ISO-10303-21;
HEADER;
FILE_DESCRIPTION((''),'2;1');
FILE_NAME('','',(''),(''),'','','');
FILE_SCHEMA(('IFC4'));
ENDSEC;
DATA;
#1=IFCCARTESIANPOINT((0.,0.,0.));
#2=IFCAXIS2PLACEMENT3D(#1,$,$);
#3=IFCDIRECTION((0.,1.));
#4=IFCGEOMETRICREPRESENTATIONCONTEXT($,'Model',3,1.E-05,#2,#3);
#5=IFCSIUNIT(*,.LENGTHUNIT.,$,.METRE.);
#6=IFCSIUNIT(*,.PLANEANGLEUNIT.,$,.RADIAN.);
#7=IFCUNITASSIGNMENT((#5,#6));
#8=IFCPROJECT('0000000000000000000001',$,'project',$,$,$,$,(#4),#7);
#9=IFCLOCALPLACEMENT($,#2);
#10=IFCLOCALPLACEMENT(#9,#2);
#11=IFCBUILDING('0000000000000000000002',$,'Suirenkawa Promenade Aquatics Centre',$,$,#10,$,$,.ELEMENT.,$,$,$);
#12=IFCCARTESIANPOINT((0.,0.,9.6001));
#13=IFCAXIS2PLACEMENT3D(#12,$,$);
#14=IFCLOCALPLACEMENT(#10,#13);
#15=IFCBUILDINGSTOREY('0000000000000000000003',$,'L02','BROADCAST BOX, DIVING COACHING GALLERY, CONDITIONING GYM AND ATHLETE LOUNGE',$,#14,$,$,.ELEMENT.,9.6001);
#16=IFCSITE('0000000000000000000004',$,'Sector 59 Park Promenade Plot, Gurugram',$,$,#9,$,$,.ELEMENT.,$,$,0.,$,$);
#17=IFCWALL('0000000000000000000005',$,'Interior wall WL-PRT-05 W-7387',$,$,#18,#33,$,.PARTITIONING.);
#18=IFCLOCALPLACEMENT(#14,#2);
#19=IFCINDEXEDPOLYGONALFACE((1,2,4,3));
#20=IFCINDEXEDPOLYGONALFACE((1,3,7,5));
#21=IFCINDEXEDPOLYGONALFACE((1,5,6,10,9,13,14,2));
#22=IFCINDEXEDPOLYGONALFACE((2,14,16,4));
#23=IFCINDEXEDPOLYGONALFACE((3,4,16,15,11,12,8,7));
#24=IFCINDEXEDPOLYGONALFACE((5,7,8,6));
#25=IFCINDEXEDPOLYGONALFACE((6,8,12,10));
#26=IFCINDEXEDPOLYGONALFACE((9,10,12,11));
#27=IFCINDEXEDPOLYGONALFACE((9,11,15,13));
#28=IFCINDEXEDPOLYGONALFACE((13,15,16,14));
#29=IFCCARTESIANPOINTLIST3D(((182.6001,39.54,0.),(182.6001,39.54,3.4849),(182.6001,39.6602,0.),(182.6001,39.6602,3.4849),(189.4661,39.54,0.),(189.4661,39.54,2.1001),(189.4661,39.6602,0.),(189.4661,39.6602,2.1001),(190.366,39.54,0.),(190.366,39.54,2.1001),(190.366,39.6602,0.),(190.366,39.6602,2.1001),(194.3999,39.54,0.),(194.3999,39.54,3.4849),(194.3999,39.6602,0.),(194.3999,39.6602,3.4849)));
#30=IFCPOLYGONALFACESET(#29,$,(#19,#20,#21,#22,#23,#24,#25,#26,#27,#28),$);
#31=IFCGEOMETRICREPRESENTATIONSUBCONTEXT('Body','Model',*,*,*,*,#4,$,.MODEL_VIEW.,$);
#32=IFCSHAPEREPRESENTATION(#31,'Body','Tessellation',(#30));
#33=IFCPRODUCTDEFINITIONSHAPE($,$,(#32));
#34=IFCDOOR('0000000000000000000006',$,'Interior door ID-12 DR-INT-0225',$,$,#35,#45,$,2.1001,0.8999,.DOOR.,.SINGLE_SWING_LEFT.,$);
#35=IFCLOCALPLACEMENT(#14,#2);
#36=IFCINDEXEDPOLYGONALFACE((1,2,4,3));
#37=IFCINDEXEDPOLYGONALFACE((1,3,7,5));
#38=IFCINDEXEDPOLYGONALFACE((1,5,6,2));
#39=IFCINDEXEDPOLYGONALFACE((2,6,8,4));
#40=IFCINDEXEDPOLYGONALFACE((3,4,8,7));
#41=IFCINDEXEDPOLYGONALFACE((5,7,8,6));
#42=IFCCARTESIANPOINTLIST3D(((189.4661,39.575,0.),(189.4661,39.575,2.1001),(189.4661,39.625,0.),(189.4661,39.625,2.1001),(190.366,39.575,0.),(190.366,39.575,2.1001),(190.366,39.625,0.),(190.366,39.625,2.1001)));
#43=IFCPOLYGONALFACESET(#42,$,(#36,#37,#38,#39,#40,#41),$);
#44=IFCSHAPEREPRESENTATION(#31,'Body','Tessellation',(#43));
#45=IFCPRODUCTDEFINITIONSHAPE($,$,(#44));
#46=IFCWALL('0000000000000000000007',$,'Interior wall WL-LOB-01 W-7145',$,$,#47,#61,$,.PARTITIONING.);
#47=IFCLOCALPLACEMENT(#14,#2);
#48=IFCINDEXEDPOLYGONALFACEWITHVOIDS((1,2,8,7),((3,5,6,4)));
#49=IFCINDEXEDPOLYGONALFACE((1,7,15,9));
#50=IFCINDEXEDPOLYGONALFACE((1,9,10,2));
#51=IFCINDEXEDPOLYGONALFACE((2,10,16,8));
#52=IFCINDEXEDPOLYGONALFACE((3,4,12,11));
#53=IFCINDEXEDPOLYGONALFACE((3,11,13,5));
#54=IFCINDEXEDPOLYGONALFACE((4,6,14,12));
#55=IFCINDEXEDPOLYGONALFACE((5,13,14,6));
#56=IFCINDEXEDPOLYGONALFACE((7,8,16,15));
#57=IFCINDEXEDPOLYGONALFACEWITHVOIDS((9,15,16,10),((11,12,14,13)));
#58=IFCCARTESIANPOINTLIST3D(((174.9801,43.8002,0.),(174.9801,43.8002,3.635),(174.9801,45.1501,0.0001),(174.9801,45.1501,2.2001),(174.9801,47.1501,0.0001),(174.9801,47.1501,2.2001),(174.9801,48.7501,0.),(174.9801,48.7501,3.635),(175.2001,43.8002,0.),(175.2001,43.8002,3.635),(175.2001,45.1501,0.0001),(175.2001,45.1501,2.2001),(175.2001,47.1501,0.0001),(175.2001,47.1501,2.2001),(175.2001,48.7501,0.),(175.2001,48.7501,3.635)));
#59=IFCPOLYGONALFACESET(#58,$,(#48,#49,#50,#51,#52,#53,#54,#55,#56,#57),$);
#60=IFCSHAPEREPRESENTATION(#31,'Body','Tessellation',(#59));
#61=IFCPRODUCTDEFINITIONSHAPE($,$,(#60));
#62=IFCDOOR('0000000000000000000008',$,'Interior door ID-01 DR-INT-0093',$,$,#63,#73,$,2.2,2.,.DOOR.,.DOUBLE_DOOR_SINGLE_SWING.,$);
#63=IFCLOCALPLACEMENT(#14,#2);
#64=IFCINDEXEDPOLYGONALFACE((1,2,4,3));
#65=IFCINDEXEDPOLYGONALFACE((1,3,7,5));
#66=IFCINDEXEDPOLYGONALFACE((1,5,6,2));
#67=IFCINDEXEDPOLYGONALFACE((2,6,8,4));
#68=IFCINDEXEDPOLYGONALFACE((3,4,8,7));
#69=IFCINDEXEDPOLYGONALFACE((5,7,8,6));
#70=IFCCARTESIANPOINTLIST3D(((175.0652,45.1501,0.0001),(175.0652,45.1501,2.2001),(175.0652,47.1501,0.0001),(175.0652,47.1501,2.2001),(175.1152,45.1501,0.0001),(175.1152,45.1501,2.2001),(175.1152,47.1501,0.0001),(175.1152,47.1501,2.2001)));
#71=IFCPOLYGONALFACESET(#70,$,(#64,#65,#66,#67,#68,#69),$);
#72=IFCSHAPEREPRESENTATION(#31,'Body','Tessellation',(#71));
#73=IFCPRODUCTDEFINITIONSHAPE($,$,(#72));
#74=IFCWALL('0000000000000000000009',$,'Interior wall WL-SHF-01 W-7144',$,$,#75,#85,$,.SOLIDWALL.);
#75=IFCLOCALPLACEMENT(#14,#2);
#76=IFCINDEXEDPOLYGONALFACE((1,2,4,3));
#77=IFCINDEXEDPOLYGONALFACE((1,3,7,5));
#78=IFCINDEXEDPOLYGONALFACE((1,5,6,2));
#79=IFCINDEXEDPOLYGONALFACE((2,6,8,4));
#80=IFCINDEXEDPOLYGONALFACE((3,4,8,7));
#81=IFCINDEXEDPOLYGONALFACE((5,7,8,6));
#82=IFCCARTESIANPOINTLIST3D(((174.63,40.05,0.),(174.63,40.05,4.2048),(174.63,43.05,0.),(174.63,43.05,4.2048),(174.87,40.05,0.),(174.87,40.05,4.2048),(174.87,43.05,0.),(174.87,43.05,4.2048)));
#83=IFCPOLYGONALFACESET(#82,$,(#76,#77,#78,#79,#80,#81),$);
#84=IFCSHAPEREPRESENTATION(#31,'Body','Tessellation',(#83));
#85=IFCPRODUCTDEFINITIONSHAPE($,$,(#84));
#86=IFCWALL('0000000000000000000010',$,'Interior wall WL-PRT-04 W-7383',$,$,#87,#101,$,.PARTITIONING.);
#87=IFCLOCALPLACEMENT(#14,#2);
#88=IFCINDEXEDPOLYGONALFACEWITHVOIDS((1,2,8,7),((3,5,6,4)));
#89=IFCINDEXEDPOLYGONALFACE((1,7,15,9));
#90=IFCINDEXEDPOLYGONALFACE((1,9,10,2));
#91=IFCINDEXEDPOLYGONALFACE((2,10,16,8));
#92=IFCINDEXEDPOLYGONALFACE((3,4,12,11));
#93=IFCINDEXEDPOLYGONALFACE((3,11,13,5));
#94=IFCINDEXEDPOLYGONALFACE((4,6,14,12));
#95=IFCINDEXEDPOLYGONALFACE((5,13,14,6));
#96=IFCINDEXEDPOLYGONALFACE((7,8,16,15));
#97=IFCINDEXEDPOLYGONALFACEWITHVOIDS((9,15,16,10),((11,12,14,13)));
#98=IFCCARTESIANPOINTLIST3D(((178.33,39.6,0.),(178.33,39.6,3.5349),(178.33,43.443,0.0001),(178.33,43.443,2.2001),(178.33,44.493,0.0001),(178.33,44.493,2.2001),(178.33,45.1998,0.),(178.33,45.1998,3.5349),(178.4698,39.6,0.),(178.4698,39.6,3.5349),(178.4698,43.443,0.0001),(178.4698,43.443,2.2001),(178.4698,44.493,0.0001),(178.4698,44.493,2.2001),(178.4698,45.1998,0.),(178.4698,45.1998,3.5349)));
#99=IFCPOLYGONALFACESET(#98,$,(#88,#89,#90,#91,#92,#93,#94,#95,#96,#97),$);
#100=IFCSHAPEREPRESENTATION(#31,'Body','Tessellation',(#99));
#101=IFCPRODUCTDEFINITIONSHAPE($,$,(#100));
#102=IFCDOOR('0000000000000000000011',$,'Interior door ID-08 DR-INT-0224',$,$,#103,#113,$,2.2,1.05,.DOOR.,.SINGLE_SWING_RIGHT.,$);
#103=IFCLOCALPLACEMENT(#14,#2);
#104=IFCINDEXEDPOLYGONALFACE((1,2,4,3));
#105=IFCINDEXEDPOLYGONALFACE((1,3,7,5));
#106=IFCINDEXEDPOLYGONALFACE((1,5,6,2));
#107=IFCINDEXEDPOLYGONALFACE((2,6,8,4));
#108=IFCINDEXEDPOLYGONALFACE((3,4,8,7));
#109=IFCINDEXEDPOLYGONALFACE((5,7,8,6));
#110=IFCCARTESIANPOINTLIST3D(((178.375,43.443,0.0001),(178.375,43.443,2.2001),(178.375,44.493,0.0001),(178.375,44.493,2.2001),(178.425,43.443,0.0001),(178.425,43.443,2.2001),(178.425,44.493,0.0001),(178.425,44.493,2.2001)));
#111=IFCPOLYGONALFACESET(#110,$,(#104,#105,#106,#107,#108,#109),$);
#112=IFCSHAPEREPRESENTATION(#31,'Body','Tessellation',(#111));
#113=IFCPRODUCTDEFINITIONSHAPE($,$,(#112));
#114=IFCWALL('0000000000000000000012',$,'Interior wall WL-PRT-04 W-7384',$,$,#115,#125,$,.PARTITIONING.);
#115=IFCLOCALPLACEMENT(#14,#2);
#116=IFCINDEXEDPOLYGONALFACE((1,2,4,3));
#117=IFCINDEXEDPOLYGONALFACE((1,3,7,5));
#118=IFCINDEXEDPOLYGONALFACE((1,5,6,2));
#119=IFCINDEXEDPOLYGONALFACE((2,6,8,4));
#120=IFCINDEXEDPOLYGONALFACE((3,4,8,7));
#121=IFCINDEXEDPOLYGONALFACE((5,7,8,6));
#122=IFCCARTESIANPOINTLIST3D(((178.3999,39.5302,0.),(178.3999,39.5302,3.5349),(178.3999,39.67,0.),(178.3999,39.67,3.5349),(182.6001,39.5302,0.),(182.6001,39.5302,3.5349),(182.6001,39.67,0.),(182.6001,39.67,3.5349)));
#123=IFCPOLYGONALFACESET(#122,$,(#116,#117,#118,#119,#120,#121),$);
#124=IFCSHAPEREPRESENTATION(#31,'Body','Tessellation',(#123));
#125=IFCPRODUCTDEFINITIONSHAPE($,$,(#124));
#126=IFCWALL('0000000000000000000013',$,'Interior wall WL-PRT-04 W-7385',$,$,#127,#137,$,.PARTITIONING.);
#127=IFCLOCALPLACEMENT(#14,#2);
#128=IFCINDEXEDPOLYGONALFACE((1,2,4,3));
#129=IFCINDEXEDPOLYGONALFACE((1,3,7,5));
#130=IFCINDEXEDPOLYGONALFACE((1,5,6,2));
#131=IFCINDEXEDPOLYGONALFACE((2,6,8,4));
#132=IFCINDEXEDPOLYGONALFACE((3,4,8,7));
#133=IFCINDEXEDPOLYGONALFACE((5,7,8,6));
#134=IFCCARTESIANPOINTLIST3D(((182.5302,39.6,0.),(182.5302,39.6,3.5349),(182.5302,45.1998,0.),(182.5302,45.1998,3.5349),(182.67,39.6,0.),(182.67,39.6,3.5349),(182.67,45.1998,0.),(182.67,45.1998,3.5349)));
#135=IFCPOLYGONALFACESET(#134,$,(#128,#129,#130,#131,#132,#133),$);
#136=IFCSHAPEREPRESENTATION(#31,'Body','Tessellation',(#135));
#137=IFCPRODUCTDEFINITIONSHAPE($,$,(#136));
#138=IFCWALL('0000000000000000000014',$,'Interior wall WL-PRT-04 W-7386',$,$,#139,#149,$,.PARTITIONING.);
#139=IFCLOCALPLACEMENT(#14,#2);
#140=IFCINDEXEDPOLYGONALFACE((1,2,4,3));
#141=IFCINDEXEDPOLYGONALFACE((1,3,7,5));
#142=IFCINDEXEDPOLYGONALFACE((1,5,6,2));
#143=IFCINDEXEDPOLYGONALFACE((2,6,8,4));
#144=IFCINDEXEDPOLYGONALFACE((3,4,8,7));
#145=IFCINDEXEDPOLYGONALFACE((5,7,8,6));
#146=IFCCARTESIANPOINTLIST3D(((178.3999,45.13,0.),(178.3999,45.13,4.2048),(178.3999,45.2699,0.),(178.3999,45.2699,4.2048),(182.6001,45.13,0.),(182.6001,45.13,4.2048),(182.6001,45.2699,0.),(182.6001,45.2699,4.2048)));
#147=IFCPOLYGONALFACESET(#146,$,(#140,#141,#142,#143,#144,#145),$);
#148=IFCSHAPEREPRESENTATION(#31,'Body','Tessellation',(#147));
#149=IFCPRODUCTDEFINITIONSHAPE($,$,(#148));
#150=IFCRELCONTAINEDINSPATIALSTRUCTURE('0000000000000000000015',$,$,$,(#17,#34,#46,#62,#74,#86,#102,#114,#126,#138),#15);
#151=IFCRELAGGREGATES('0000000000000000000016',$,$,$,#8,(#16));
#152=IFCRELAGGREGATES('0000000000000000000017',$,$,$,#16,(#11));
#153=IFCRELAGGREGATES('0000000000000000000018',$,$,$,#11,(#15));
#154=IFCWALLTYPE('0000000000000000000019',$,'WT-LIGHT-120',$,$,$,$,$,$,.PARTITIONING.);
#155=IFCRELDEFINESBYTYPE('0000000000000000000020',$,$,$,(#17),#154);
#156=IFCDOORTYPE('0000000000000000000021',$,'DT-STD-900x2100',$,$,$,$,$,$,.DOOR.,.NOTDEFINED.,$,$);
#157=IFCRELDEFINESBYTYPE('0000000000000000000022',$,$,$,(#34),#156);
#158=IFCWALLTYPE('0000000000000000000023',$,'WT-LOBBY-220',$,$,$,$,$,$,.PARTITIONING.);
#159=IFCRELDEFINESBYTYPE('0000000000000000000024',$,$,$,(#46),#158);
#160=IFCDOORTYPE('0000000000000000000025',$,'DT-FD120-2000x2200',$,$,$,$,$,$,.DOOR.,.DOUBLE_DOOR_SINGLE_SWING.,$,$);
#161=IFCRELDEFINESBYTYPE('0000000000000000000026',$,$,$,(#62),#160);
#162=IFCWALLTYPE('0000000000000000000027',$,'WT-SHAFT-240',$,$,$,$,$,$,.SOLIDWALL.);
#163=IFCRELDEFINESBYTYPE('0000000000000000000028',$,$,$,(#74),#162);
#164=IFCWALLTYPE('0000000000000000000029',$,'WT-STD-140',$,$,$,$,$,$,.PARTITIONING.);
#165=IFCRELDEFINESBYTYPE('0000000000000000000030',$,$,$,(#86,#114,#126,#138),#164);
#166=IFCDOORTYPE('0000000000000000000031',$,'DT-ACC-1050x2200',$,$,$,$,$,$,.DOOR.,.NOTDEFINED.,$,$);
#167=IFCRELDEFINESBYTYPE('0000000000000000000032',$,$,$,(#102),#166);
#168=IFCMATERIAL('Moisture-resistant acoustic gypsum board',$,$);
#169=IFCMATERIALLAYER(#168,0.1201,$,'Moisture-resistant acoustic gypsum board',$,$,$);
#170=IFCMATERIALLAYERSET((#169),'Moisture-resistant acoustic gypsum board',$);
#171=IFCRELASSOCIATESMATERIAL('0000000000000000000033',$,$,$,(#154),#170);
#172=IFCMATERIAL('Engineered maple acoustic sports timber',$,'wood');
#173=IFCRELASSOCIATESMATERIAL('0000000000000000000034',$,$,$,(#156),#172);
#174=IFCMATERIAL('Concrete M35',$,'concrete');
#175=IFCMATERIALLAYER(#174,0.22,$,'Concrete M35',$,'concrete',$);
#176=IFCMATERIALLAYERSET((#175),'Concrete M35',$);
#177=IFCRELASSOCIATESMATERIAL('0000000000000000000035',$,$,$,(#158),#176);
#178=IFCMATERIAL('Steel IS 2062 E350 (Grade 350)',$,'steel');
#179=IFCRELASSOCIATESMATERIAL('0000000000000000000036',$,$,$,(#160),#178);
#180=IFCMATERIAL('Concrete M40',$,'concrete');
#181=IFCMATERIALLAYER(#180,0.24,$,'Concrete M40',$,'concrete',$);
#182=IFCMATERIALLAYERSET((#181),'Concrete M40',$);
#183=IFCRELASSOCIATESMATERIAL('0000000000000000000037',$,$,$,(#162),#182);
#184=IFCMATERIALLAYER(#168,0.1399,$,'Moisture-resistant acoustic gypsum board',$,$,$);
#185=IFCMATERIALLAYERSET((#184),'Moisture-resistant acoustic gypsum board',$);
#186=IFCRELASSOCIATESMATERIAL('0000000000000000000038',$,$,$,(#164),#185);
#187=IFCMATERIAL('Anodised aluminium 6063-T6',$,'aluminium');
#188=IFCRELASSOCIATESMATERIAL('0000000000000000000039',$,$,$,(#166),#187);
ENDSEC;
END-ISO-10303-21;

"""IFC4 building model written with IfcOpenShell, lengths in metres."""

from ifc_helpers import new_model, si_unit, direction, frame, frame_2d, origin, place, context, subcontext, project, spatial, rectangle, extrude, material, layer, layer_set, type_object, element, fill, save


model = new_model("IFC4")

# Units and contexts
model_context = context("Model", 3, precision=1e-05, world=origin(), true_north=direction((0.0, 1.0)))
body_context = subcontext(model_context, "Body", "Model", "MODEL_VIEW")
ifc_project = project(units=[si_unit("LENGTHUNIT", "METRE"), si_unit("PLANEANGLEUNIT", "RADIAN")], contexts=[model_context])

# Site, building, storey
site_placement = place(None, origin())
site = spatial("IfcSite", under=ifc_project, at=site_placement, Name="Sector 59 Park Promenade Plot, Gurugram", CompositionType="ELEMENT", RefElevation=0.0)
building_placement = place(site_placement, origin())
building = spatial("IfcBuilding", under=site, at=building_placement, Name="Suirenkawa Promenade Aquatics Centre", CompositionType="ELEMENT")
storey_placement = place(building_placement, frame((0.0, 0.0, 9.6001)))
storey = spatial("IfcBuildingStorey", under=building, at=storey_placement, Name="L02", Description="BROADCAST BOX, DIVING COACHING GALLERY, CONDITIONING GYM AND ATHLETE LOUNGE", CompositionType="ELEMENT", Elevation=9.6001)

# Shared definitions
ifc_material_1 = material(Name="Concrete M40", Category="concrete")

# Shared definitions
ifc_material_2 = material(Name="Steel IS 2062 E350 (Grade 350)", Category="steel")
ifc_material_3 = material(Name="Concrete M35", Category="concrete")

# Walls, openings, doors
ifc_material_4 = material(Name="Moisture-resistant acoustic gypsum board")
ifc_layer_1 = layer(ifc_material_4, 0.1201, Name="Moisture-resistant acoustic gypsum board")
ifc_layer_set_1 = layer_set([ifc_layer_1], Name="Moisture-resistant acoustic gypsum board")
wall_type_1 = type_object("IfcWallType", Name="WT-LIGHT-120", PredefinedType="PARTITIONING", material=ifc_layer_set_1)
wall_1_placement = place(storey_placement, frame((182.6001, 39.6001, 0.0), z_axis=(0.0, 0.0, 1.0), x_axis=(1.0, 0.0, 0.0)))
wall_1 = element("IfcWall", 1, at=wall_1_placement, inside=storey, type_object=wall_type_1, Name="Interior wall WL-PRT-05 W-7387", PredefinedType="PARTITIONING", context=body_context, shape_type="SweptSolid", body=[
    extrude(rectangle(XDim=11.7998, YDim=0.1201, at=frame_2d((5.8999, 0.0))), origin(), (0.0, 0.0, 1.0), 3.4849),
])
opening_1_placement = place(wall_1_placement, frame((6.866, 0.0, 0.0)))
opening_1 = element("IfcOpeningElement", 2, at=opening_1_placement, cuts=wall_1, PredefinedType="OPENING", context=body_context, shape_type="SweptSolid", body=[
    extrude(rectangle(XDim=0.8999, YDim=2.1001, at=frame_2d((0.45, 1.05))), frame((0.0, 0.0701, 0.0), z_axis=(0.0, -1.0, 0.0), x_axis=(1.0, 0.0, 0.0)), (0.0, 0.0, 1.0), 0.1401),
])
ifc_material_5 = material(Name="Engineered maple acoustic sports timber", Category="wood")
door_type_1 = type_object("IfcDoorType", Name="DT-STD-900x2100", OperationType="NOTDEFINED", PredefinedType="DOOR", material=ifc_material_5)
door_1_placement = place(opening_1_placement, origin())
door_1 = element("IfcDoor", 3, at=door_1_placement, inside=storey, type_object=door_type_1, Name="Interior door ID-12 DR-INT-0225", OperationType="SINGLE_SWING_LEFT", OverallHeight=2.1001, OverallWidth=0.8999, PredefinedType="DOOR", context=body_context, shape_type="SweptSolid", body=[
    extrude(rectangle(XDim=0.8999, YDim=2.1001, at=frame_2d((0.45, 1.05))), frame((0.0, 0.0249, 0.0), z_axis=(0.0, -1.0, 0.0), x_axis=(1.0, 0.0, 0.0)), (0.0, 0.0, 1.0), 0.05),
])
fill(opening_1, door_1)
ifc_layer_2 = layer(ifc_material_3, 0.22, Name="Concrete M35", Category="concrete")
ifc_layer_set_2 = layer_set([ifc_layer_2], Name="Concrete M35")
wall_type_2 = type_object("IfcWallType", Name="WT-LOBBY-220", PredefinedType="PARTITIONING", material=ifc_layer_set_2)
wall_2_placement = place(storey_placement, frame((175.0901, 43.8, 0.0), z_axis=(0.0, 0.0, 1.0), x_axis=(0.0, 1.0, 0.0)))
wall_2 = element("IfcWall", 4, at=wall_2_placement, inside=storey, type_object=wall_type_2, Name="Interior wall WL-LOB-01 W-7145", PredefinedType="PARTITIONING", context=body_context, shape_type="SweptSolid", body=[
    extrude(rectangle(XDim=4.95, YDim=0.22, at=frame_2d((2.4751, 0.0))), origin(), (0.0, 0.0, 1.0), 3.635),
])
opening_2_placement = place(wall_2_placement, frame((1.3501, 0.0, 0.0)))
opening_2 = element("IfcOpeningElement", 5, at=opening_2_placement, cuts=wall_2, PredefinedType="OPENING", context=body_context, shape_type="SweptSolid", body=[
    extrude(rectangle(XDim=2.0, YDim=2.2, at=frame_2d((1.0, 1.1001))), frame((0.0, 0.1199, 0.0), z_axis=(0.0, -1.0, 0.0), x_axis=(1.0, 0.0, 0.0)), (0.0, 0.0, 1.0), 0.24),
])
door_type_2 = type_object("IfcDoorType", Name="DT-FD120-2000x2200", OperationType="DOUBLE_DOOR_SINGLE_SWING", PredefinedType="DOOR", material=ifc_material_2)
door_2_placement = place(opening_2_placement, origin())
door_2 = element("IfcDoor", 6, at=door_2_placement, inside=storey, type_object=door_type_2, Name="Interior door ID-01 DR-INT-0093", OperationType="DOUBLE_DOOR_SINGLE_SWING", OverallHeight=2.2, OverallWidth=2.0, PredefinedType="DOOR", context=body_context, shape_type="SweptSolid", body=[
    extrude(rectangle(XDim=2.0, YDim=2.2, at=frame_2d((1.0, 1.1001))), frame((0.0, 0.0249, 0.0), z_axis=(0.0, -1.0, 0.0), x_axis=(1.0, 0.0, 0.0)), (0.0, 0.0, 1.0), 0.05),
])
fill(opening_2, door_2)
ifc_layer_3 = layer(ifc_material_1, 0.24, Name="Concrete M40", Category="concrete")
ifc_layer_set_3 = layer_set([ifc_layer_3], Name="Concrete M40")
wall_type_3 = type_object("IfcWallType", Name="WT-SHAFT-240", PredefinedType="SOLIDWALL", material=ifc_layer_set_3)

# Wall
wall_3_placement = place(storey_placement, frame((174.75, 40.05, 0.0), z_axis=(0.0, 0.0, 1.0), x_axis=(0.0, 1.0, 0.0)))
element("IfcWall", 7, at=wall_3_placement, inside=storey, type_object=wall_type_3, Name="Interior wall WL-SHF-01 W-7144", PredefinedType="SOLIDWALL", context=body_context, shape_type="SweptSolid", body=[
    extrude(rectangle(XDim=3.0, YDim=0.24, at=frame_2d((1.5, 0.0))), origin(), (0.0, 0.0, 1.0), 4.2048),
])

# Wall, opening, door
ifc_layer_4 = layer(ifc_material_4, 0.1399, Name="Moisture-resistant acoustic gypsum board")
ifc_layer_set_4 = layer_set([ifc_layer_4], Name="Moisture-resistant acoustic gypsum board")
wall_type_4 = type_object("IfcWallType", Name="WT-STD-140", PredefinedType="PARTITIONING", material=ifc_layer_set_4)
wall_4_placement = place(storey_placement, frame((178.3999, 39.6001, 0.0), z_axis=(0.0, 0.0, 1.0), x_axis=(0.0, 1.0, 0.0)))
wall_4 = element("IfcWall", 8, at=wall_4_placement, inside=storey, type_object=wall_type_4, Name="Interior wall WL-PRT-04 W-7383", PredefinedType="PARTITIONING", context=body_context, shape_type="SweptSolid", body=[
    extrude(rectangle(XDim=5.5999, YDim=0.1399, at=frame_2d((2.7998, 0.0))), origin(), (0.0, 0.0, 1.0), 3.5349),
])
opening_3_placement = place(wall_4_placement, frame((3.843, 0.0, 0.0)))
opening_3 = element("IfcOpeningElement", 9, at=opening_3_placement, cuts=wall_4, PredefinedType="OPENING", context=body_context, shape_type="SweptSolid", body=[
    extrude(rectangle(XDim=1.05, YDim=2.2, at=frame_2d((0.5249, 1.1001))), frame((0.0, 0.0798, 0.0), z_axis=(0.0, -1.0, 0.0), x_axis=(1.0, 0.0, 0.0)), (0.0, 0.0, 1.0), 0.1599),
])
ifc_material_6 = material(Name="Anodised aluminium 6063-T6", Category="aluminium")
door_type_3 = type_object("IfcDoorType", Name="DT-ACC-1050x2200", OperationType="NOTDEFINED", PredefinedType="DOOR", material=ifc_material_6)
door_3_placement = place(opening_3_placement, origin())
door_3 = element("IfcDoor", 10, at=door_3_placement, inside=storey, type_object=door_type_3, Name="Interior door ID-08 DR-INT-0224", OperationType="SINGLE_SWING_RIGHT", OverallHeight=2.2, OverallWidth=1.05, PredefinedType="DOOR", context=body_context, shape_type="SweptSolid", body=[
    extrude(rectangle(XDim=1.05, YDim=2.2, at=frame_2d((0.5249, 1.1001))), frame((0.0, 0.0249, 0.0), z_axis=(0.0, -1.0, 0.0), x_axis=(1.0, 0.0, 0.0)), (0.0, 0.0, 1.0), 0.05),
])
fill(opening_3, door_3)

# Walls
wall_5_placement = place(storey_placement, frame((178.3999, 39.6001, 0.0), z_axis=(0.0, 0.0, 1.0), x_axis=(1.0, 0.0, 0.0)))
element("IfcWall", 11, at=wall_5_placement, inside=storey, type_object=wall_type_4, Name="Interior wall WL-PRT-04 W-7384", PredefinedType="PARTITIONING", context=body_context, shape_type="SweptSolid", body=[
    extrude(rectangle(XDim=4.2002, YDim=0.1399, at=frame_2d((2.1001, 0.0))), origin(), (0.0, 0.0, 1.0), 3.5349),
])
wall_6_placement = place(storey_placement, frame((182.6001, 39.6001, 0.0), z_axis=(0.0, 0.0, 1.0), x_axis=(0.0, 1.0, 0.0)))
element("IfcWall", 12, at=wall_6_placement, inside=storey, type_object=wall_type_4, Name="Interior wall WL-PRT-04 W-7385", PredefinedType="PARTITIONING", context=body_context, shape_type="SweptSolid", body=[
    extrude(rectangle(XDim=5.5999, YDim=0.1399, at=frame_2d((2.7998, 0.0))), origin(), (0.0, 0.0, 1.0), 3.5349),
])
wall_7_placement = place(storey_placement, frame((178.3999, 45.2, 0.0), z_axis=(0.0, 0.0, 1.0), x_axis=(1.0, 0.0, 0.0)))
element("IfcWall", 13, at=wall_7_placement, inside=storey, type_object=wall_type_4, Name="Interior wall WL-PRT-04 W-7386", PredefinedType="PARTITIONING", context=body_context, shape_type="SweptSolid", body=[
    extrude(rectangle(XDim=4.2002, YDim=0.1399, at=frame_2d((2.1001, 0.0))), origin(), (0.0, 0.0, 1.0), 4.2048),
])

save(model, "model.ifc")
